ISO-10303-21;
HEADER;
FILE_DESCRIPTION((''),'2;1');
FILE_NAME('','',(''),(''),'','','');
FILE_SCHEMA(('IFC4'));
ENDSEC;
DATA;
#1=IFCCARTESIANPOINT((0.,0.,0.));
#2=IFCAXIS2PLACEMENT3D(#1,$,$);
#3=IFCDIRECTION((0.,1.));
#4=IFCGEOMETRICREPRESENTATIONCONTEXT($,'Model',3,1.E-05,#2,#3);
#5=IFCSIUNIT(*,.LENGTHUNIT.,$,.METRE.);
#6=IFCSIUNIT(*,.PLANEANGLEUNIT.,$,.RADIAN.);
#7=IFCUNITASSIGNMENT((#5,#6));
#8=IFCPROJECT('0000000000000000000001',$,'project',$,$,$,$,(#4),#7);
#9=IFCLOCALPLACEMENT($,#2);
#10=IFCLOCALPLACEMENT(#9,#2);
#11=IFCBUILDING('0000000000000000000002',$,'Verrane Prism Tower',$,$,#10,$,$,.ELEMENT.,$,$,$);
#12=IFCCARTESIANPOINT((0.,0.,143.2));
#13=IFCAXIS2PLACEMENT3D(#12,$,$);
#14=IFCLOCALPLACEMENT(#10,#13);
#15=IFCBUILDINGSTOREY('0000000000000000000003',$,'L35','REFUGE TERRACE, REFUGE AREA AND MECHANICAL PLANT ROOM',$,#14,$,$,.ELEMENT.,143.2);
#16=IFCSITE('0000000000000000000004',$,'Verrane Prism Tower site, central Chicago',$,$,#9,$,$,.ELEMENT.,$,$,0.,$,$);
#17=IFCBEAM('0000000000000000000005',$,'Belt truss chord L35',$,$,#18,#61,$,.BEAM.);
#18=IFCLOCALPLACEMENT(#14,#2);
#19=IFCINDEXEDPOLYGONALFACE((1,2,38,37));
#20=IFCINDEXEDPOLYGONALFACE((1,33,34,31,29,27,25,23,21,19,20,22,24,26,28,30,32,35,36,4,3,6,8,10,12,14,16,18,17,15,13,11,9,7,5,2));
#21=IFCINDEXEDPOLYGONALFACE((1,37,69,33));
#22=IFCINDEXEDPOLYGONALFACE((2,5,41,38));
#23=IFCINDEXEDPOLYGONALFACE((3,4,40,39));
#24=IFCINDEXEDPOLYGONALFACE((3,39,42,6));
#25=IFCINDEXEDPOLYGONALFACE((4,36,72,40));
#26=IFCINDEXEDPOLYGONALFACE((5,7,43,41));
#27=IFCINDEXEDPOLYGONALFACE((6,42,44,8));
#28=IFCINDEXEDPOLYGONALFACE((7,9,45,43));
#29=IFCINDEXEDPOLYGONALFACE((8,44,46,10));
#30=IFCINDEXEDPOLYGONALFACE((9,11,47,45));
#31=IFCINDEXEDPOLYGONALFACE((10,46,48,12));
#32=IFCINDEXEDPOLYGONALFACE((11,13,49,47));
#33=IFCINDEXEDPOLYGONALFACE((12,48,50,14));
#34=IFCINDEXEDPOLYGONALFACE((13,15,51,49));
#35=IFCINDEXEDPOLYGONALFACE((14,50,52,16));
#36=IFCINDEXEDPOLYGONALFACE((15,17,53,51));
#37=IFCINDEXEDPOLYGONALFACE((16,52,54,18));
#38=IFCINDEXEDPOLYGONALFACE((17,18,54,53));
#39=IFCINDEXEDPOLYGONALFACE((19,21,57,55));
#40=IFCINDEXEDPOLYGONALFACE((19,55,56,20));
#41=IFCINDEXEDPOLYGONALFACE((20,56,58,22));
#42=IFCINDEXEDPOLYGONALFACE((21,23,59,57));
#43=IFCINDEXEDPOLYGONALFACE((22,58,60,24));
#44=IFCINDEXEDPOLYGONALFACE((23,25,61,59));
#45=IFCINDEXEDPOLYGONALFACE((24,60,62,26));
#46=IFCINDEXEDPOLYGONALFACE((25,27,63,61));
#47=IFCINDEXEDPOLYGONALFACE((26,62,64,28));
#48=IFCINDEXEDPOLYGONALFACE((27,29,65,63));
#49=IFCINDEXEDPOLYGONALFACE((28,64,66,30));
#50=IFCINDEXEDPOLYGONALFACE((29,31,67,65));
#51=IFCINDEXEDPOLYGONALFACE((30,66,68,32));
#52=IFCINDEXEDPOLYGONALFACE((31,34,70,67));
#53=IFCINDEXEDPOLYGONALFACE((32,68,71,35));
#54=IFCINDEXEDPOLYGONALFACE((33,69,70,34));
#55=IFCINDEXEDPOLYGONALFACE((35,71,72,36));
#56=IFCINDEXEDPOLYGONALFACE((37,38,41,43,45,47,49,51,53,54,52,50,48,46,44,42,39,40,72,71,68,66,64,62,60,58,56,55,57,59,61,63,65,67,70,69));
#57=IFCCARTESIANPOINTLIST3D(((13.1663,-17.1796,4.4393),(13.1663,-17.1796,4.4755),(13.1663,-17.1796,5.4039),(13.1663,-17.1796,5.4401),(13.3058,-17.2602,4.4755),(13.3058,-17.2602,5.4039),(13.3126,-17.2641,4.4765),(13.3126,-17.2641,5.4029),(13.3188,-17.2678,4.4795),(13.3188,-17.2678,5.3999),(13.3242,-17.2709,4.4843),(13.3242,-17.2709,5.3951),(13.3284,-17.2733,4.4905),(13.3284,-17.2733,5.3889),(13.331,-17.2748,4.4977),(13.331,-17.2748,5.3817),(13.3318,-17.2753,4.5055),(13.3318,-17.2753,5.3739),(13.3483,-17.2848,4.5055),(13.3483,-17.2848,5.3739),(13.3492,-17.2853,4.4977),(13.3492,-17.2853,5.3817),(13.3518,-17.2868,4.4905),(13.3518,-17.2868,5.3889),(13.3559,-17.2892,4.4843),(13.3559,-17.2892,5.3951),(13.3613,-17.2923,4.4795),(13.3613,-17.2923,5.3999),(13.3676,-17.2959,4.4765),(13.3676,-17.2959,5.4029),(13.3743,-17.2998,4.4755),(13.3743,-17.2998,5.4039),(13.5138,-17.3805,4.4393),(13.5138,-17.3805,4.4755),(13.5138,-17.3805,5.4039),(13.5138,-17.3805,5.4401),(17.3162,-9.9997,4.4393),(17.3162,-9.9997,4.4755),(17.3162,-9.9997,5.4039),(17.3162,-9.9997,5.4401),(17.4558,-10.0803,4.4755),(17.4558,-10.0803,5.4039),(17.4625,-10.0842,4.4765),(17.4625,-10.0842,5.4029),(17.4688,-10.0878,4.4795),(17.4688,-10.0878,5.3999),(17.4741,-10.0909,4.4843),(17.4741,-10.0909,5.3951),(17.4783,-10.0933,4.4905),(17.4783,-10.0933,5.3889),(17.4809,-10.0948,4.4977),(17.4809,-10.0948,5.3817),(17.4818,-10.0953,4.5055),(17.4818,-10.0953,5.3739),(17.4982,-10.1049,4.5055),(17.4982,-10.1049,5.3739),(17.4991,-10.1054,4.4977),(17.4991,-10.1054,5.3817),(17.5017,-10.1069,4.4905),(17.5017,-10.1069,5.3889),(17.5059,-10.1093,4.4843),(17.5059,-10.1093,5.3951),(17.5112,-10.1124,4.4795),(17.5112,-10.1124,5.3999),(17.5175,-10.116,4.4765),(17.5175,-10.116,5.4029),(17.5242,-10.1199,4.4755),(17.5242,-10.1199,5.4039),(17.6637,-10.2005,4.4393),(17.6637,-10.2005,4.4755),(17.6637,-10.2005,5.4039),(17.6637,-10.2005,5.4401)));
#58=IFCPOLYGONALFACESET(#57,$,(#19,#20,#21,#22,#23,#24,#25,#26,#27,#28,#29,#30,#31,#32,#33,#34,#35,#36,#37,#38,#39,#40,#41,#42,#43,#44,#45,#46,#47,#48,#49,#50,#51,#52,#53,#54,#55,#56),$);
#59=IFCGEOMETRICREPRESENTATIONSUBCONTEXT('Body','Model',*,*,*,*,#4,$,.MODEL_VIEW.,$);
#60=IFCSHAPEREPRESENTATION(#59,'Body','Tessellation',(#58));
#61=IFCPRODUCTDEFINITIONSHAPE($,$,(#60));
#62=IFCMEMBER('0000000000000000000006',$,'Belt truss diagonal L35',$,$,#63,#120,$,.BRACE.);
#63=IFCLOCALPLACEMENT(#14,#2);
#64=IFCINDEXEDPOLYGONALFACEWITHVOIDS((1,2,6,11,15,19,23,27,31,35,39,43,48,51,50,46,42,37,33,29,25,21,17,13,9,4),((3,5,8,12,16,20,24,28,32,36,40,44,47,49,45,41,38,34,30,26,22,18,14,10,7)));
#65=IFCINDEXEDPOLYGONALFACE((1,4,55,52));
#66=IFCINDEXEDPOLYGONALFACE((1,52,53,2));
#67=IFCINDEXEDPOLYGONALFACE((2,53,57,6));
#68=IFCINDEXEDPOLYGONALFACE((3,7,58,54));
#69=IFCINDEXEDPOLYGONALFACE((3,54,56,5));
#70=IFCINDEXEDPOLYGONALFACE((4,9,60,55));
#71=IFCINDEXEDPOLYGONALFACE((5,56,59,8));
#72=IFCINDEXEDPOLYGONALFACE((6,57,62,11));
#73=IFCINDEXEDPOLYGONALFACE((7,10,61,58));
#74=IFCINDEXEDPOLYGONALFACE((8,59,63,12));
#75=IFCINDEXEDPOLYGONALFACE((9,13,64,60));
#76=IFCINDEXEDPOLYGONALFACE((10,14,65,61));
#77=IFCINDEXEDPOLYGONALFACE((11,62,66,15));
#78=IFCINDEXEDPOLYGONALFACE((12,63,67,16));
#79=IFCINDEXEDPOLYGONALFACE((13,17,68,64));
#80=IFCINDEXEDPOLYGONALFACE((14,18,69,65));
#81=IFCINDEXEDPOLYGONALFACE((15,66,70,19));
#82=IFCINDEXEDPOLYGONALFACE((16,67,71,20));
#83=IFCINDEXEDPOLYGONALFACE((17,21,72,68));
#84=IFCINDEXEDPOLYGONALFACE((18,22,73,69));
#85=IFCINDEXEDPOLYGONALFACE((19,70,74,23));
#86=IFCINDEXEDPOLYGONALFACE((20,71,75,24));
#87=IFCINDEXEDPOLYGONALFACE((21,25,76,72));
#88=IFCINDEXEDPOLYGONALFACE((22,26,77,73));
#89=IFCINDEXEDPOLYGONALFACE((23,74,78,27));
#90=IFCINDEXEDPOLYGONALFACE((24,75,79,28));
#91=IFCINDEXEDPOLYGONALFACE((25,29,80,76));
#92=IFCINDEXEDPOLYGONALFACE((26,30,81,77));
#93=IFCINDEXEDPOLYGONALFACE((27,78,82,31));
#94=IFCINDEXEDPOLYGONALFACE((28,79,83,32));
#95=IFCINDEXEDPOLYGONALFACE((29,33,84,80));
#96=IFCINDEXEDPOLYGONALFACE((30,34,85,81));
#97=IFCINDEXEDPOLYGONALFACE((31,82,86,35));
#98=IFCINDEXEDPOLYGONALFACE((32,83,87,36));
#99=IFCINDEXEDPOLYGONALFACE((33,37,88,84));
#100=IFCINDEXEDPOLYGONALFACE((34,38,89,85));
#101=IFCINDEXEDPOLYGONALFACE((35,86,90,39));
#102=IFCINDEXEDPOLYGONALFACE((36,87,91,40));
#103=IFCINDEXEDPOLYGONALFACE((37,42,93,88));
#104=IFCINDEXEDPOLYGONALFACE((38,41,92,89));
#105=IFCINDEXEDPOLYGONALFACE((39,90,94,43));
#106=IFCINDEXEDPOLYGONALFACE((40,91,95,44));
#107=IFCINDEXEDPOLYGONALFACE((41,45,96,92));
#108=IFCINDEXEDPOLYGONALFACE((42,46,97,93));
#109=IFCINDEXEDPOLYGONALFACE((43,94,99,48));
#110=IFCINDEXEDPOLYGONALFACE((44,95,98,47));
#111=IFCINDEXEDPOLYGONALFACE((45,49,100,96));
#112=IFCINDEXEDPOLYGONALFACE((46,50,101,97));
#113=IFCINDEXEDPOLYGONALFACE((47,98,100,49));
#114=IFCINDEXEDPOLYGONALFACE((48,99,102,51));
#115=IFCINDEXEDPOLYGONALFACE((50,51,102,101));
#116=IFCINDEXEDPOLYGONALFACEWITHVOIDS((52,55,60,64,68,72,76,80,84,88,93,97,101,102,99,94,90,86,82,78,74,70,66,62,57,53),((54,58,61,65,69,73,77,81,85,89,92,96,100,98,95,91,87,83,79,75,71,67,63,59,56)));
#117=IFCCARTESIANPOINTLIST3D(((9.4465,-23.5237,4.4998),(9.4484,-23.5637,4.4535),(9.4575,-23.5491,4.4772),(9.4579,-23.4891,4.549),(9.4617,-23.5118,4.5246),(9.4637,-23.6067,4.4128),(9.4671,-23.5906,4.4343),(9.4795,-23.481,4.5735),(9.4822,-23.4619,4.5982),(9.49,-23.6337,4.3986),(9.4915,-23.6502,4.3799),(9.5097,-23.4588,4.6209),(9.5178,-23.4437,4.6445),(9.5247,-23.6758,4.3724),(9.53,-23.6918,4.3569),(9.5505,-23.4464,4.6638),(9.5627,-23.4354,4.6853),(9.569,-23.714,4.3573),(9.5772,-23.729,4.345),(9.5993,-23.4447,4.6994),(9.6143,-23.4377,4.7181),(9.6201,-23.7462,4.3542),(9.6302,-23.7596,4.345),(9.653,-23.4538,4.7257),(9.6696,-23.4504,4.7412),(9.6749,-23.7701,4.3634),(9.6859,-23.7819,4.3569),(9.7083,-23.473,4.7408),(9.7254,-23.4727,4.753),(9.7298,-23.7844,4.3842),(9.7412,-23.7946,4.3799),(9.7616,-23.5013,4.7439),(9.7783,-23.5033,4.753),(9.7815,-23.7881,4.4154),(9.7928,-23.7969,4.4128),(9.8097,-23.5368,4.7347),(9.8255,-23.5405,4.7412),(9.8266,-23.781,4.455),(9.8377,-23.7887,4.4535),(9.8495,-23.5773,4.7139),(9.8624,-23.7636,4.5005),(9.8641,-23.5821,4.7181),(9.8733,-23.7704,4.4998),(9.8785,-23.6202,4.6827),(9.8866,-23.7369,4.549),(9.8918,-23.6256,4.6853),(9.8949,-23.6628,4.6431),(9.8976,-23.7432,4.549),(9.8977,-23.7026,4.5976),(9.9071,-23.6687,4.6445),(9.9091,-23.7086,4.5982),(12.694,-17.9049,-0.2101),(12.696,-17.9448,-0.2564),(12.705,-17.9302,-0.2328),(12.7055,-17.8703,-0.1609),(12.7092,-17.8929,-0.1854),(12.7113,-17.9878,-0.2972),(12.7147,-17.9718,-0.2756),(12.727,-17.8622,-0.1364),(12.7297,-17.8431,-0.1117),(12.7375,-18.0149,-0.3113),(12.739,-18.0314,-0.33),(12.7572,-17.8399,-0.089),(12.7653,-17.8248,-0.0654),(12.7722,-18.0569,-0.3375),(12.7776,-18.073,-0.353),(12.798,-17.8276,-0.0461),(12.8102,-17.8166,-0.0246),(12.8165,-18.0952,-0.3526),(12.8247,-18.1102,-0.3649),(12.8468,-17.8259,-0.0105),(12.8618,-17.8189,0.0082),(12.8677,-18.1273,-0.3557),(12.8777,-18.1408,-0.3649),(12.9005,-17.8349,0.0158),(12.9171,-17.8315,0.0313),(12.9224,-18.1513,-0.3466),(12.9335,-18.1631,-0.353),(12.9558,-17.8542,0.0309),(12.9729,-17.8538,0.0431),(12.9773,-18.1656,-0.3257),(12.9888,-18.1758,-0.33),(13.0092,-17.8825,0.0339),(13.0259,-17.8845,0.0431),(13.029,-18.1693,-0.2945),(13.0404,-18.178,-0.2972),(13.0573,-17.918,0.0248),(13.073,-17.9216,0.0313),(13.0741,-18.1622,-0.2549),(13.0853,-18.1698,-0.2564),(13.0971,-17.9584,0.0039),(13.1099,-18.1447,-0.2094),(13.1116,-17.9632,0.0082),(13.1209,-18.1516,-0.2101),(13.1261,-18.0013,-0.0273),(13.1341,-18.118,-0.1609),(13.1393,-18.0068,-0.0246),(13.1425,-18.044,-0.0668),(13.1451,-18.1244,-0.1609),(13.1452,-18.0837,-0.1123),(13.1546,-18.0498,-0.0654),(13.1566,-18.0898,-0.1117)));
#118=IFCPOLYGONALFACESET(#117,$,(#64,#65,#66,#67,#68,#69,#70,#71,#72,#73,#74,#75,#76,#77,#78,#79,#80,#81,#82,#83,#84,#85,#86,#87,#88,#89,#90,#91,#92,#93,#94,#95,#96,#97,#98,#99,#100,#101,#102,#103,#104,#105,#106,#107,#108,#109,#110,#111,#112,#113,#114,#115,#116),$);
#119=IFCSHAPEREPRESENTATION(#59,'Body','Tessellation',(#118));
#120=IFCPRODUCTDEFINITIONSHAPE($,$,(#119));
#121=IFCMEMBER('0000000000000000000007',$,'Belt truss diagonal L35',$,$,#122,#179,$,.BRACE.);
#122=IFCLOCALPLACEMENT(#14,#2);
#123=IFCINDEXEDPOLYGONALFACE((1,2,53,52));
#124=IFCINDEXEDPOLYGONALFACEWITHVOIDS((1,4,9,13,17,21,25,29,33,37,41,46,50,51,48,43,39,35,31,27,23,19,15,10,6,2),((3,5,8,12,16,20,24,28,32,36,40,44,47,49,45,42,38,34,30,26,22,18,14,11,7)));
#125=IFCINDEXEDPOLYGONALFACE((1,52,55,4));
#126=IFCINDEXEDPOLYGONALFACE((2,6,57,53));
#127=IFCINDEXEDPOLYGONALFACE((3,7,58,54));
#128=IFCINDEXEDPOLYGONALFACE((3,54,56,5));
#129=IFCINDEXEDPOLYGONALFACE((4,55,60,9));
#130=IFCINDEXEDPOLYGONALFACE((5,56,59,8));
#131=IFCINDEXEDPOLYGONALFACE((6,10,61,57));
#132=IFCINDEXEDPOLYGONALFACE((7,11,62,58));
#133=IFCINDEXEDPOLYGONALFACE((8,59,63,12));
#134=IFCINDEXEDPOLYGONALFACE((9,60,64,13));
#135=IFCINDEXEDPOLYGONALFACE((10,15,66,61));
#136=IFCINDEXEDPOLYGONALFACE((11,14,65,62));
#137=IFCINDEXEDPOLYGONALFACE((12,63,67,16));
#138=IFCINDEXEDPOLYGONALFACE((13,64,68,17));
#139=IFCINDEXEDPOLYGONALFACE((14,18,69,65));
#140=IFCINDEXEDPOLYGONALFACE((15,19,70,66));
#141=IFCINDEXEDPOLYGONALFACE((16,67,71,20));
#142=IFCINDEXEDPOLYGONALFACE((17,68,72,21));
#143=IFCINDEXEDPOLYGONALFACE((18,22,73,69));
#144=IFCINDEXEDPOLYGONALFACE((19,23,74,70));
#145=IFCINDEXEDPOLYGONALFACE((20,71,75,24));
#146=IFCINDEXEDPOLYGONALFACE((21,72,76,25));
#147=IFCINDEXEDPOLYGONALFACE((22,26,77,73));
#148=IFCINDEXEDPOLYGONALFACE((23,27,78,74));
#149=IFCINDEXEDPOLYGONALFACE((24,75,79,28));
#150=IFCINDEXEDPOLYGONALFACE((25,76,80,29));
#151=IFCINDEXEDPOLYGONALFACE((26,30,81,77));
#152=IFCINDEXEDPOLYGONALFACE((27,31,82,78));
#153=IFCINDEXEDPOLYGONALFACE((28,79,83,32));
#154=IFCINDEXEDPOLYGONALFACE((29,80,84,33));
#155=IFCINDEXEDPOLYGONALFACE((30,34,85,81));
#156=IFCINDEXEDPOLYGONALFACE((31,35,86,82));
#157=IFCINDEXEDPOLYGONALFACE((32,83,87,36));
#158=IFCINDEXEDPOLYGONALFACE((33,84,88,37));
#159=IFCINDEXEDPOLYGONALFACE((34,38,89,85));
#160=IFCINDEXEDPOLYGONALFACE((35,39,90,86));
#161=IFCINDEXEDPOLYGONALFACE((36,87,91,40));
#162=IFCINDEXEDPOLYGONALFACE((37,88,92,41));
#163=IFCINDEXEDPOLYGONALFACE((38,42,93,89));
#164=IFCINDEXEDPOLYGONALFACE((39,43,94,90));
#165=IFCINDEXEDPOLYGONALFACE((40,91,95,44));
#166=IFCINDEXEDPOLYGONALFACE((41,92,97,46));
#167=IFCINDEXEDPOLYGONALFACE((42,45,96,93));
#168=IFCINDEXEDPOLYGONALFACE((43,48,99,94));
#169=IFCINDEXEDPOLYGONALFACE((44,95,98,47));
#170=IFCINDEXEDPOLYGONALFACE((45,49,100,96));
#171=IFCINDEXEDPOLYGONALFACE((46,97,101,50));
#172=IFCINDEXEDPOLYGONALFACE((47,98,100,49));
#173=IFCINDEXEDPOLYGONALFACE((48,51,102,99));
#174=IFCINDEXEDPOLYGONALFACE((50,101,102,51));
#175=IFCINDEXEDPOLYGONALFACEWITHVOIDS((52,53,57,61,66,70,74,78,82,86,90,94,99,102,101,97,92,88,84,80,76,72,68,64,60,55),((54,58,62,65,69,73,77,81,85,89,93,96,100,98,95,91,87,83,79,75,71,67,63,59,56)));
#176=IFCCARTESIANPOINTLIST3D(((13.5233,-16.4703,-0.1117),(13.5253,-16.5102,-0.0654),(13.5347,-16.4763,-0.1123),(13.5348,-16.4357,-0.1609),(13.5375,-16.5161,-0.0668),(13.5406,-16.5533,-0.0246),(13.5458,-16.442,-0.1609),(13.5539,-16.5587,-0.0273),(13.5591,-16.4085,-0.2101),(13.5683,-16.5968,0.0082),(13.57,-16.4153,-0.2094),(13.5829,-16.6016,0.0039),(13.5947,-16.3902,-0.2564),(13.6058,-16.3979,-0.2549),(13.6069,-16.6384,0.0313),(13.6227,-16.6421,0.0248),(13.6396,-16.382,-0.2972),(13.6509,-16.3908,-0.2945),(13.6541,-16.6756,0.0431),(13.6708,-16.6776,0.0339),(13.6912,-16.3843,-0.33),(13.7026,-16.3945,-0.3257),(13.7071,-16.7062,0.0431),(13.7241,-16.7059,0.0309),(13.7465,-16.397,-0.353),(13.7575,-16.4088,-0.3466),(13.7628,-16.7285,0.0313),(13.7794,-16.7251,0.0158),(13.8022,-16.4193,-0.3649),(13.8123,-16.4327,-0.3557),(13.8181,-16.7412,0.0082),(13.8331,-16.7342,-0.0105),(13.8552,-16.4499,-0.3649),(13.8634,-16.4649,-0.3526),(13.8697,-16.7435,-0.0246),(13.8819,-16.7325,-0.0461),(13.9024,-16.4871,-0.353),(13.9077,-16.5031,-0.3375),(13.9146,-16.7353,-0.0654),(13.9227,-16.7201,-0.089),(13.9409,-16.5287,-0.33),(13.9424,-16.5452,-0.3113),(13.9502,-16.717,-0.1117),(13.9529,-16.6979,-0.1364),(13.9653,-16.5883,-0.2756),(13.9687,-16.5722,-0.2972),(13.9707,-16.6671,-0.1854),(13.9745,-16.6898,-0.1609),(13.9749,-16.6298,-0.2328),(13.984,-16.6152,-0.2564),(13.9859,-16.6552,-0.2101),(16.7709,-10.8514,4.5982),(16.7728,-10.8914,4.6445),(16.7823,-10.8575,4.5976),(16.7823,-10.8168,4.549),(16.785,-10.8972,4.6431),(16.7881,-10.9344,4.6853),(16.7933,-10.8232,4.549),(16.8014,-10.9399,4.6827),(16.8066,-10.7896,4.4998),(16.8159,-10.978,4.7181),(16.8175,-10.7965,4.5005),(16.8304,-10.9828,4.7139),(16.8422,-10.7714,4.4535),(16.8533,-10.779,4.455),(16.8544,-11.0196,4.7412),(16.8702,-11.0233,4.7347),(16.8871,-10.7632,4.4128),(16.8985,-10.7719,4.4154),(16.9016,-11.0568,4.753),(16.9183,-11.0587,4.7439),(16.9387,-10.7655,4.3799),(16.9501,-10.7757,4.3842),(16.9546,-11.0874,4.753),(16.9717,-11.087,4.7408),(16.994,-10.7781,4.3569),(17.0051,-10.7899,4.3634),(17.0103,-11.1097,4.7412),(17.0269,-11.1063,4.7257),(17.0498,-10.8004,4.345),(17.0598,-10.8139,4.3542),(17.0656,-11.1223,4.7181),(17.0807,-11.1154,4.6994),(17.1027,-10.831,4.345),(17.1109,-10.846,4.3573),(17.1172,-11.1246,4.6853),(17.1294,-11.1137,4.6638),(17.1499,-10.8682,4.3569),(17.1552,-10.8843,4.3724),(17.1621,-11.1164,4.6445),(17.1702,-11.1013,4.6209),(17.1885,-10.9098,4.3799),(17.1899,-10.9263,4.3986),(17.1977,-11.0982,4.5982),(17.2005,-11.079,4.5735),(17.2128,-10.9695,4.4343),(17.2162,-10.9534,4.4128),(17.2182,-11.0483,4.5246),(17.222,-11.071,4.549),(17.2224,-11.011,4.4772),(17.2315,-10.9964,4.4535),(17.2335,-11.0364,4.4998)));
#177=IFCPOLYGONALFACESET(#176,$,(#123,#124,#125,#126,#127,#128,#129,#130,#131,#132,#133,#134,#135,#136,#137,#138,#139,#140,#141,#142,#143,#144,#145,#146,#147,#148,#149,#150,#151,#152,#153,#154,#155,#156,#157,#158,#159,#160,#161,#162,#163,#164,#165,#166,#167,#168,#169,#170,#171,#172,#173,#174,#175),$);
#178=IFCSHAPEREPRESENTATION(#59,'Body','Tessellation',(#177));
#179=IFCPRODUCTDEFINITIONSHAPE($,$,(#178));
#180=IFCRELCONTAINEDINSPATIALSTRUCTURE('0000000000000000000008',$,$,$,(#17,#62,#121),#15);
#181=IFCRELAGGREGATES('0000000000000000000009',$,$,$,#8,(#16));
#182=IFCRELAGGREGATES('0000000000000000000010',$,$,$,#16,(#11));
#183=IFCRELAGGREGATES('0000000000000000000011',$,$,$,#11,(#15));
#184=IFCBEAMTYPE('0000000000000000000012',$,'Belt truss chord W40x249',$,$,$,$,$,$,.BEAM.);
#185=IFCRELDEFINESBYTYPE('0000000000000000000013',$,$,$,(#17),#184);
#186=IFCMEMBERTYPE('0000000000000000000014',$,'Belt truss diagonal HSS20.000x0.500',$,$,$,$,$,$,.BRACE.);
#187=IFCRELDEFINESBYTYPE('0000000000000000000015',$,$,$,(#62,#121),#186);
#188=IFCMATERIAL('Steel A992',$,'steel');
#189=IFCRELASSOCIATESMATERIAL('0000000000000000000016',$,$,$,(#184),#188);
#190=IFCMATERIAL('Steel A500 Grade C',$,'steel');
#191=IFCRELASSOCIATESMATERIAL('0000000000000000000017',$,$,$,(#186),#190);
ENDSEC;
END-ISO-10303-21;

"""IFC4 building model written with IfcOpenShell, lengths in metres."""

from ifc_helpers import new_model, si_unit, direction, frame, origin, origin_2d, place, context, subcontext, project, spatial, hollow_circle, i_section, extrude, material, material_profile, profile_set, type_object, element, save


model = new_model("IFC4")

# Units and contexts
model_context = context("Model", 3, precision=1e-05, world=origin(), true_north=direction((0.0, 1.0)))
body_context = subcontext(model_context, "Body", "Model", "MODEL_VIEW")
ifc_project = project(units=[si_unit("LENGTHUNIT", "METRE"), si_unit("PLANEANGLEUNIT", "RADIAN")], contexts=[model_context])

# Site, building, storey
site_placement = place(None, origin())
site = spatial("IfcSite", under=ifc_project, at=site_placement, Name="Verrane Prism Tower site, central Chicago", CompositionType="ELEMENT", RefElevation=0.0)
building_placement = place(site_placement, origin())
building = spatial("IfcBuilding", under=site, at=building_placement, Name="Verrane Prism Tower", CompositionType="ELEMENT")
storey_placement = place(building_placement, frame((0.0, 0.0, 143.2)))
storey = spatial("IfcBuildingStorey", under=building, at=storey_placement, Name="L35", Description="REFUGE TERRACE, REFUGE AREA AND MECHANICAL PLANT ROOM", CompositionType="ELEMENT", Elevation=143.2)

# Beam
ifc_material_1 = material(Name="Steel A992", Category="steel")
ifc_material_profile_1 = material_profile(ifc_material_1, i_section(OverallWidth=0.4014, OverallDepth=1.0007, WebThickness=0.019, FlangeThickness=0.0361, FilletRadius=0.03, at=origin_2d()), Name="W40x249")
ifc_profile_set_1 = profile_set([ifc_material_profile_1], Name="Steel A992")
beam_type_1 = type_object("IfcBeamType", Name="Belt truss chord W40x249", PredefinedType="BEAM", material=ifc_profile_set_1)
beam_1_placement = place(storey_placement, frame((13.3401, -17.28, 4.9397), z_axis=(0.500413, 0.865787, 0.0), x_axis=(-0.865787, 0.500413, 0.0)))
element("IfcBeam", 1, at=beam_1_placement, inside=storey, type_object=beam_type_1, Name="Belt truss chord L35", PredefinedType="BEAM", context=body_context, shape_type="SweptSolid", body=[
    extrude(i_section(OverallWidth=0.4014, OverallDepth=1.0007, WebThickness=0.019, FlangeThickness=0.0361, FilletRadius=0.03, at=origin_2d()), origin(), (0.0, 0.0, 1.0), 8.293),
])

# Members
ifc_material_2 = material(Name="Steel A500 Grade C", Category="steel")
ifc_material_profile_2 = material_profile(ifc_material_2, hollow_circle(Radius=0.2539, WallThickness=0.0127, at=origin_2d()), Name="HSS20.000x0.500")
ifc_profile_set_2 = profile_set([ifc_material_profile_2], Name="Steel A500 Grade C")
member_type_1 = type_object("IfcMemberType", Name="Belt truss diagonal HSS20.000x0.500", PredefinedType="BRACE", material=ifc_profile_set_2)
for number, where, z_axis, x_axis, name in (
    (2, (12.9253, -17.9973, -0.1609), (-0.404989, -0.700709, 0.587359), (0.865793, -0.500403, 0.0), "Belt truss diagonal L35"),
    (3, (13.7546, -16.5627, -0.1609), (0.404989, 0.700709, 0.587359), (-0.865793, 0.500403, 0.0), "Belt truss diagonal L35"),
):
    element("IfcMember", number, at=place(storey_placement, frame(where, z_axis=z_axis, x_axis=x_axis)), inside=storey, type_object=member_type_1, Name=name, PredefinedType="BRACE", context=body_context, shape_type="SweptSolid", body=[
        extrude(hollow_circle(Radius=0.2539, WallThickness=0.0127, at=origin_2d()), origin(), (0.0, 0.0, 1.0), 8.0188),
    ])

save(model, "model.ifc")
